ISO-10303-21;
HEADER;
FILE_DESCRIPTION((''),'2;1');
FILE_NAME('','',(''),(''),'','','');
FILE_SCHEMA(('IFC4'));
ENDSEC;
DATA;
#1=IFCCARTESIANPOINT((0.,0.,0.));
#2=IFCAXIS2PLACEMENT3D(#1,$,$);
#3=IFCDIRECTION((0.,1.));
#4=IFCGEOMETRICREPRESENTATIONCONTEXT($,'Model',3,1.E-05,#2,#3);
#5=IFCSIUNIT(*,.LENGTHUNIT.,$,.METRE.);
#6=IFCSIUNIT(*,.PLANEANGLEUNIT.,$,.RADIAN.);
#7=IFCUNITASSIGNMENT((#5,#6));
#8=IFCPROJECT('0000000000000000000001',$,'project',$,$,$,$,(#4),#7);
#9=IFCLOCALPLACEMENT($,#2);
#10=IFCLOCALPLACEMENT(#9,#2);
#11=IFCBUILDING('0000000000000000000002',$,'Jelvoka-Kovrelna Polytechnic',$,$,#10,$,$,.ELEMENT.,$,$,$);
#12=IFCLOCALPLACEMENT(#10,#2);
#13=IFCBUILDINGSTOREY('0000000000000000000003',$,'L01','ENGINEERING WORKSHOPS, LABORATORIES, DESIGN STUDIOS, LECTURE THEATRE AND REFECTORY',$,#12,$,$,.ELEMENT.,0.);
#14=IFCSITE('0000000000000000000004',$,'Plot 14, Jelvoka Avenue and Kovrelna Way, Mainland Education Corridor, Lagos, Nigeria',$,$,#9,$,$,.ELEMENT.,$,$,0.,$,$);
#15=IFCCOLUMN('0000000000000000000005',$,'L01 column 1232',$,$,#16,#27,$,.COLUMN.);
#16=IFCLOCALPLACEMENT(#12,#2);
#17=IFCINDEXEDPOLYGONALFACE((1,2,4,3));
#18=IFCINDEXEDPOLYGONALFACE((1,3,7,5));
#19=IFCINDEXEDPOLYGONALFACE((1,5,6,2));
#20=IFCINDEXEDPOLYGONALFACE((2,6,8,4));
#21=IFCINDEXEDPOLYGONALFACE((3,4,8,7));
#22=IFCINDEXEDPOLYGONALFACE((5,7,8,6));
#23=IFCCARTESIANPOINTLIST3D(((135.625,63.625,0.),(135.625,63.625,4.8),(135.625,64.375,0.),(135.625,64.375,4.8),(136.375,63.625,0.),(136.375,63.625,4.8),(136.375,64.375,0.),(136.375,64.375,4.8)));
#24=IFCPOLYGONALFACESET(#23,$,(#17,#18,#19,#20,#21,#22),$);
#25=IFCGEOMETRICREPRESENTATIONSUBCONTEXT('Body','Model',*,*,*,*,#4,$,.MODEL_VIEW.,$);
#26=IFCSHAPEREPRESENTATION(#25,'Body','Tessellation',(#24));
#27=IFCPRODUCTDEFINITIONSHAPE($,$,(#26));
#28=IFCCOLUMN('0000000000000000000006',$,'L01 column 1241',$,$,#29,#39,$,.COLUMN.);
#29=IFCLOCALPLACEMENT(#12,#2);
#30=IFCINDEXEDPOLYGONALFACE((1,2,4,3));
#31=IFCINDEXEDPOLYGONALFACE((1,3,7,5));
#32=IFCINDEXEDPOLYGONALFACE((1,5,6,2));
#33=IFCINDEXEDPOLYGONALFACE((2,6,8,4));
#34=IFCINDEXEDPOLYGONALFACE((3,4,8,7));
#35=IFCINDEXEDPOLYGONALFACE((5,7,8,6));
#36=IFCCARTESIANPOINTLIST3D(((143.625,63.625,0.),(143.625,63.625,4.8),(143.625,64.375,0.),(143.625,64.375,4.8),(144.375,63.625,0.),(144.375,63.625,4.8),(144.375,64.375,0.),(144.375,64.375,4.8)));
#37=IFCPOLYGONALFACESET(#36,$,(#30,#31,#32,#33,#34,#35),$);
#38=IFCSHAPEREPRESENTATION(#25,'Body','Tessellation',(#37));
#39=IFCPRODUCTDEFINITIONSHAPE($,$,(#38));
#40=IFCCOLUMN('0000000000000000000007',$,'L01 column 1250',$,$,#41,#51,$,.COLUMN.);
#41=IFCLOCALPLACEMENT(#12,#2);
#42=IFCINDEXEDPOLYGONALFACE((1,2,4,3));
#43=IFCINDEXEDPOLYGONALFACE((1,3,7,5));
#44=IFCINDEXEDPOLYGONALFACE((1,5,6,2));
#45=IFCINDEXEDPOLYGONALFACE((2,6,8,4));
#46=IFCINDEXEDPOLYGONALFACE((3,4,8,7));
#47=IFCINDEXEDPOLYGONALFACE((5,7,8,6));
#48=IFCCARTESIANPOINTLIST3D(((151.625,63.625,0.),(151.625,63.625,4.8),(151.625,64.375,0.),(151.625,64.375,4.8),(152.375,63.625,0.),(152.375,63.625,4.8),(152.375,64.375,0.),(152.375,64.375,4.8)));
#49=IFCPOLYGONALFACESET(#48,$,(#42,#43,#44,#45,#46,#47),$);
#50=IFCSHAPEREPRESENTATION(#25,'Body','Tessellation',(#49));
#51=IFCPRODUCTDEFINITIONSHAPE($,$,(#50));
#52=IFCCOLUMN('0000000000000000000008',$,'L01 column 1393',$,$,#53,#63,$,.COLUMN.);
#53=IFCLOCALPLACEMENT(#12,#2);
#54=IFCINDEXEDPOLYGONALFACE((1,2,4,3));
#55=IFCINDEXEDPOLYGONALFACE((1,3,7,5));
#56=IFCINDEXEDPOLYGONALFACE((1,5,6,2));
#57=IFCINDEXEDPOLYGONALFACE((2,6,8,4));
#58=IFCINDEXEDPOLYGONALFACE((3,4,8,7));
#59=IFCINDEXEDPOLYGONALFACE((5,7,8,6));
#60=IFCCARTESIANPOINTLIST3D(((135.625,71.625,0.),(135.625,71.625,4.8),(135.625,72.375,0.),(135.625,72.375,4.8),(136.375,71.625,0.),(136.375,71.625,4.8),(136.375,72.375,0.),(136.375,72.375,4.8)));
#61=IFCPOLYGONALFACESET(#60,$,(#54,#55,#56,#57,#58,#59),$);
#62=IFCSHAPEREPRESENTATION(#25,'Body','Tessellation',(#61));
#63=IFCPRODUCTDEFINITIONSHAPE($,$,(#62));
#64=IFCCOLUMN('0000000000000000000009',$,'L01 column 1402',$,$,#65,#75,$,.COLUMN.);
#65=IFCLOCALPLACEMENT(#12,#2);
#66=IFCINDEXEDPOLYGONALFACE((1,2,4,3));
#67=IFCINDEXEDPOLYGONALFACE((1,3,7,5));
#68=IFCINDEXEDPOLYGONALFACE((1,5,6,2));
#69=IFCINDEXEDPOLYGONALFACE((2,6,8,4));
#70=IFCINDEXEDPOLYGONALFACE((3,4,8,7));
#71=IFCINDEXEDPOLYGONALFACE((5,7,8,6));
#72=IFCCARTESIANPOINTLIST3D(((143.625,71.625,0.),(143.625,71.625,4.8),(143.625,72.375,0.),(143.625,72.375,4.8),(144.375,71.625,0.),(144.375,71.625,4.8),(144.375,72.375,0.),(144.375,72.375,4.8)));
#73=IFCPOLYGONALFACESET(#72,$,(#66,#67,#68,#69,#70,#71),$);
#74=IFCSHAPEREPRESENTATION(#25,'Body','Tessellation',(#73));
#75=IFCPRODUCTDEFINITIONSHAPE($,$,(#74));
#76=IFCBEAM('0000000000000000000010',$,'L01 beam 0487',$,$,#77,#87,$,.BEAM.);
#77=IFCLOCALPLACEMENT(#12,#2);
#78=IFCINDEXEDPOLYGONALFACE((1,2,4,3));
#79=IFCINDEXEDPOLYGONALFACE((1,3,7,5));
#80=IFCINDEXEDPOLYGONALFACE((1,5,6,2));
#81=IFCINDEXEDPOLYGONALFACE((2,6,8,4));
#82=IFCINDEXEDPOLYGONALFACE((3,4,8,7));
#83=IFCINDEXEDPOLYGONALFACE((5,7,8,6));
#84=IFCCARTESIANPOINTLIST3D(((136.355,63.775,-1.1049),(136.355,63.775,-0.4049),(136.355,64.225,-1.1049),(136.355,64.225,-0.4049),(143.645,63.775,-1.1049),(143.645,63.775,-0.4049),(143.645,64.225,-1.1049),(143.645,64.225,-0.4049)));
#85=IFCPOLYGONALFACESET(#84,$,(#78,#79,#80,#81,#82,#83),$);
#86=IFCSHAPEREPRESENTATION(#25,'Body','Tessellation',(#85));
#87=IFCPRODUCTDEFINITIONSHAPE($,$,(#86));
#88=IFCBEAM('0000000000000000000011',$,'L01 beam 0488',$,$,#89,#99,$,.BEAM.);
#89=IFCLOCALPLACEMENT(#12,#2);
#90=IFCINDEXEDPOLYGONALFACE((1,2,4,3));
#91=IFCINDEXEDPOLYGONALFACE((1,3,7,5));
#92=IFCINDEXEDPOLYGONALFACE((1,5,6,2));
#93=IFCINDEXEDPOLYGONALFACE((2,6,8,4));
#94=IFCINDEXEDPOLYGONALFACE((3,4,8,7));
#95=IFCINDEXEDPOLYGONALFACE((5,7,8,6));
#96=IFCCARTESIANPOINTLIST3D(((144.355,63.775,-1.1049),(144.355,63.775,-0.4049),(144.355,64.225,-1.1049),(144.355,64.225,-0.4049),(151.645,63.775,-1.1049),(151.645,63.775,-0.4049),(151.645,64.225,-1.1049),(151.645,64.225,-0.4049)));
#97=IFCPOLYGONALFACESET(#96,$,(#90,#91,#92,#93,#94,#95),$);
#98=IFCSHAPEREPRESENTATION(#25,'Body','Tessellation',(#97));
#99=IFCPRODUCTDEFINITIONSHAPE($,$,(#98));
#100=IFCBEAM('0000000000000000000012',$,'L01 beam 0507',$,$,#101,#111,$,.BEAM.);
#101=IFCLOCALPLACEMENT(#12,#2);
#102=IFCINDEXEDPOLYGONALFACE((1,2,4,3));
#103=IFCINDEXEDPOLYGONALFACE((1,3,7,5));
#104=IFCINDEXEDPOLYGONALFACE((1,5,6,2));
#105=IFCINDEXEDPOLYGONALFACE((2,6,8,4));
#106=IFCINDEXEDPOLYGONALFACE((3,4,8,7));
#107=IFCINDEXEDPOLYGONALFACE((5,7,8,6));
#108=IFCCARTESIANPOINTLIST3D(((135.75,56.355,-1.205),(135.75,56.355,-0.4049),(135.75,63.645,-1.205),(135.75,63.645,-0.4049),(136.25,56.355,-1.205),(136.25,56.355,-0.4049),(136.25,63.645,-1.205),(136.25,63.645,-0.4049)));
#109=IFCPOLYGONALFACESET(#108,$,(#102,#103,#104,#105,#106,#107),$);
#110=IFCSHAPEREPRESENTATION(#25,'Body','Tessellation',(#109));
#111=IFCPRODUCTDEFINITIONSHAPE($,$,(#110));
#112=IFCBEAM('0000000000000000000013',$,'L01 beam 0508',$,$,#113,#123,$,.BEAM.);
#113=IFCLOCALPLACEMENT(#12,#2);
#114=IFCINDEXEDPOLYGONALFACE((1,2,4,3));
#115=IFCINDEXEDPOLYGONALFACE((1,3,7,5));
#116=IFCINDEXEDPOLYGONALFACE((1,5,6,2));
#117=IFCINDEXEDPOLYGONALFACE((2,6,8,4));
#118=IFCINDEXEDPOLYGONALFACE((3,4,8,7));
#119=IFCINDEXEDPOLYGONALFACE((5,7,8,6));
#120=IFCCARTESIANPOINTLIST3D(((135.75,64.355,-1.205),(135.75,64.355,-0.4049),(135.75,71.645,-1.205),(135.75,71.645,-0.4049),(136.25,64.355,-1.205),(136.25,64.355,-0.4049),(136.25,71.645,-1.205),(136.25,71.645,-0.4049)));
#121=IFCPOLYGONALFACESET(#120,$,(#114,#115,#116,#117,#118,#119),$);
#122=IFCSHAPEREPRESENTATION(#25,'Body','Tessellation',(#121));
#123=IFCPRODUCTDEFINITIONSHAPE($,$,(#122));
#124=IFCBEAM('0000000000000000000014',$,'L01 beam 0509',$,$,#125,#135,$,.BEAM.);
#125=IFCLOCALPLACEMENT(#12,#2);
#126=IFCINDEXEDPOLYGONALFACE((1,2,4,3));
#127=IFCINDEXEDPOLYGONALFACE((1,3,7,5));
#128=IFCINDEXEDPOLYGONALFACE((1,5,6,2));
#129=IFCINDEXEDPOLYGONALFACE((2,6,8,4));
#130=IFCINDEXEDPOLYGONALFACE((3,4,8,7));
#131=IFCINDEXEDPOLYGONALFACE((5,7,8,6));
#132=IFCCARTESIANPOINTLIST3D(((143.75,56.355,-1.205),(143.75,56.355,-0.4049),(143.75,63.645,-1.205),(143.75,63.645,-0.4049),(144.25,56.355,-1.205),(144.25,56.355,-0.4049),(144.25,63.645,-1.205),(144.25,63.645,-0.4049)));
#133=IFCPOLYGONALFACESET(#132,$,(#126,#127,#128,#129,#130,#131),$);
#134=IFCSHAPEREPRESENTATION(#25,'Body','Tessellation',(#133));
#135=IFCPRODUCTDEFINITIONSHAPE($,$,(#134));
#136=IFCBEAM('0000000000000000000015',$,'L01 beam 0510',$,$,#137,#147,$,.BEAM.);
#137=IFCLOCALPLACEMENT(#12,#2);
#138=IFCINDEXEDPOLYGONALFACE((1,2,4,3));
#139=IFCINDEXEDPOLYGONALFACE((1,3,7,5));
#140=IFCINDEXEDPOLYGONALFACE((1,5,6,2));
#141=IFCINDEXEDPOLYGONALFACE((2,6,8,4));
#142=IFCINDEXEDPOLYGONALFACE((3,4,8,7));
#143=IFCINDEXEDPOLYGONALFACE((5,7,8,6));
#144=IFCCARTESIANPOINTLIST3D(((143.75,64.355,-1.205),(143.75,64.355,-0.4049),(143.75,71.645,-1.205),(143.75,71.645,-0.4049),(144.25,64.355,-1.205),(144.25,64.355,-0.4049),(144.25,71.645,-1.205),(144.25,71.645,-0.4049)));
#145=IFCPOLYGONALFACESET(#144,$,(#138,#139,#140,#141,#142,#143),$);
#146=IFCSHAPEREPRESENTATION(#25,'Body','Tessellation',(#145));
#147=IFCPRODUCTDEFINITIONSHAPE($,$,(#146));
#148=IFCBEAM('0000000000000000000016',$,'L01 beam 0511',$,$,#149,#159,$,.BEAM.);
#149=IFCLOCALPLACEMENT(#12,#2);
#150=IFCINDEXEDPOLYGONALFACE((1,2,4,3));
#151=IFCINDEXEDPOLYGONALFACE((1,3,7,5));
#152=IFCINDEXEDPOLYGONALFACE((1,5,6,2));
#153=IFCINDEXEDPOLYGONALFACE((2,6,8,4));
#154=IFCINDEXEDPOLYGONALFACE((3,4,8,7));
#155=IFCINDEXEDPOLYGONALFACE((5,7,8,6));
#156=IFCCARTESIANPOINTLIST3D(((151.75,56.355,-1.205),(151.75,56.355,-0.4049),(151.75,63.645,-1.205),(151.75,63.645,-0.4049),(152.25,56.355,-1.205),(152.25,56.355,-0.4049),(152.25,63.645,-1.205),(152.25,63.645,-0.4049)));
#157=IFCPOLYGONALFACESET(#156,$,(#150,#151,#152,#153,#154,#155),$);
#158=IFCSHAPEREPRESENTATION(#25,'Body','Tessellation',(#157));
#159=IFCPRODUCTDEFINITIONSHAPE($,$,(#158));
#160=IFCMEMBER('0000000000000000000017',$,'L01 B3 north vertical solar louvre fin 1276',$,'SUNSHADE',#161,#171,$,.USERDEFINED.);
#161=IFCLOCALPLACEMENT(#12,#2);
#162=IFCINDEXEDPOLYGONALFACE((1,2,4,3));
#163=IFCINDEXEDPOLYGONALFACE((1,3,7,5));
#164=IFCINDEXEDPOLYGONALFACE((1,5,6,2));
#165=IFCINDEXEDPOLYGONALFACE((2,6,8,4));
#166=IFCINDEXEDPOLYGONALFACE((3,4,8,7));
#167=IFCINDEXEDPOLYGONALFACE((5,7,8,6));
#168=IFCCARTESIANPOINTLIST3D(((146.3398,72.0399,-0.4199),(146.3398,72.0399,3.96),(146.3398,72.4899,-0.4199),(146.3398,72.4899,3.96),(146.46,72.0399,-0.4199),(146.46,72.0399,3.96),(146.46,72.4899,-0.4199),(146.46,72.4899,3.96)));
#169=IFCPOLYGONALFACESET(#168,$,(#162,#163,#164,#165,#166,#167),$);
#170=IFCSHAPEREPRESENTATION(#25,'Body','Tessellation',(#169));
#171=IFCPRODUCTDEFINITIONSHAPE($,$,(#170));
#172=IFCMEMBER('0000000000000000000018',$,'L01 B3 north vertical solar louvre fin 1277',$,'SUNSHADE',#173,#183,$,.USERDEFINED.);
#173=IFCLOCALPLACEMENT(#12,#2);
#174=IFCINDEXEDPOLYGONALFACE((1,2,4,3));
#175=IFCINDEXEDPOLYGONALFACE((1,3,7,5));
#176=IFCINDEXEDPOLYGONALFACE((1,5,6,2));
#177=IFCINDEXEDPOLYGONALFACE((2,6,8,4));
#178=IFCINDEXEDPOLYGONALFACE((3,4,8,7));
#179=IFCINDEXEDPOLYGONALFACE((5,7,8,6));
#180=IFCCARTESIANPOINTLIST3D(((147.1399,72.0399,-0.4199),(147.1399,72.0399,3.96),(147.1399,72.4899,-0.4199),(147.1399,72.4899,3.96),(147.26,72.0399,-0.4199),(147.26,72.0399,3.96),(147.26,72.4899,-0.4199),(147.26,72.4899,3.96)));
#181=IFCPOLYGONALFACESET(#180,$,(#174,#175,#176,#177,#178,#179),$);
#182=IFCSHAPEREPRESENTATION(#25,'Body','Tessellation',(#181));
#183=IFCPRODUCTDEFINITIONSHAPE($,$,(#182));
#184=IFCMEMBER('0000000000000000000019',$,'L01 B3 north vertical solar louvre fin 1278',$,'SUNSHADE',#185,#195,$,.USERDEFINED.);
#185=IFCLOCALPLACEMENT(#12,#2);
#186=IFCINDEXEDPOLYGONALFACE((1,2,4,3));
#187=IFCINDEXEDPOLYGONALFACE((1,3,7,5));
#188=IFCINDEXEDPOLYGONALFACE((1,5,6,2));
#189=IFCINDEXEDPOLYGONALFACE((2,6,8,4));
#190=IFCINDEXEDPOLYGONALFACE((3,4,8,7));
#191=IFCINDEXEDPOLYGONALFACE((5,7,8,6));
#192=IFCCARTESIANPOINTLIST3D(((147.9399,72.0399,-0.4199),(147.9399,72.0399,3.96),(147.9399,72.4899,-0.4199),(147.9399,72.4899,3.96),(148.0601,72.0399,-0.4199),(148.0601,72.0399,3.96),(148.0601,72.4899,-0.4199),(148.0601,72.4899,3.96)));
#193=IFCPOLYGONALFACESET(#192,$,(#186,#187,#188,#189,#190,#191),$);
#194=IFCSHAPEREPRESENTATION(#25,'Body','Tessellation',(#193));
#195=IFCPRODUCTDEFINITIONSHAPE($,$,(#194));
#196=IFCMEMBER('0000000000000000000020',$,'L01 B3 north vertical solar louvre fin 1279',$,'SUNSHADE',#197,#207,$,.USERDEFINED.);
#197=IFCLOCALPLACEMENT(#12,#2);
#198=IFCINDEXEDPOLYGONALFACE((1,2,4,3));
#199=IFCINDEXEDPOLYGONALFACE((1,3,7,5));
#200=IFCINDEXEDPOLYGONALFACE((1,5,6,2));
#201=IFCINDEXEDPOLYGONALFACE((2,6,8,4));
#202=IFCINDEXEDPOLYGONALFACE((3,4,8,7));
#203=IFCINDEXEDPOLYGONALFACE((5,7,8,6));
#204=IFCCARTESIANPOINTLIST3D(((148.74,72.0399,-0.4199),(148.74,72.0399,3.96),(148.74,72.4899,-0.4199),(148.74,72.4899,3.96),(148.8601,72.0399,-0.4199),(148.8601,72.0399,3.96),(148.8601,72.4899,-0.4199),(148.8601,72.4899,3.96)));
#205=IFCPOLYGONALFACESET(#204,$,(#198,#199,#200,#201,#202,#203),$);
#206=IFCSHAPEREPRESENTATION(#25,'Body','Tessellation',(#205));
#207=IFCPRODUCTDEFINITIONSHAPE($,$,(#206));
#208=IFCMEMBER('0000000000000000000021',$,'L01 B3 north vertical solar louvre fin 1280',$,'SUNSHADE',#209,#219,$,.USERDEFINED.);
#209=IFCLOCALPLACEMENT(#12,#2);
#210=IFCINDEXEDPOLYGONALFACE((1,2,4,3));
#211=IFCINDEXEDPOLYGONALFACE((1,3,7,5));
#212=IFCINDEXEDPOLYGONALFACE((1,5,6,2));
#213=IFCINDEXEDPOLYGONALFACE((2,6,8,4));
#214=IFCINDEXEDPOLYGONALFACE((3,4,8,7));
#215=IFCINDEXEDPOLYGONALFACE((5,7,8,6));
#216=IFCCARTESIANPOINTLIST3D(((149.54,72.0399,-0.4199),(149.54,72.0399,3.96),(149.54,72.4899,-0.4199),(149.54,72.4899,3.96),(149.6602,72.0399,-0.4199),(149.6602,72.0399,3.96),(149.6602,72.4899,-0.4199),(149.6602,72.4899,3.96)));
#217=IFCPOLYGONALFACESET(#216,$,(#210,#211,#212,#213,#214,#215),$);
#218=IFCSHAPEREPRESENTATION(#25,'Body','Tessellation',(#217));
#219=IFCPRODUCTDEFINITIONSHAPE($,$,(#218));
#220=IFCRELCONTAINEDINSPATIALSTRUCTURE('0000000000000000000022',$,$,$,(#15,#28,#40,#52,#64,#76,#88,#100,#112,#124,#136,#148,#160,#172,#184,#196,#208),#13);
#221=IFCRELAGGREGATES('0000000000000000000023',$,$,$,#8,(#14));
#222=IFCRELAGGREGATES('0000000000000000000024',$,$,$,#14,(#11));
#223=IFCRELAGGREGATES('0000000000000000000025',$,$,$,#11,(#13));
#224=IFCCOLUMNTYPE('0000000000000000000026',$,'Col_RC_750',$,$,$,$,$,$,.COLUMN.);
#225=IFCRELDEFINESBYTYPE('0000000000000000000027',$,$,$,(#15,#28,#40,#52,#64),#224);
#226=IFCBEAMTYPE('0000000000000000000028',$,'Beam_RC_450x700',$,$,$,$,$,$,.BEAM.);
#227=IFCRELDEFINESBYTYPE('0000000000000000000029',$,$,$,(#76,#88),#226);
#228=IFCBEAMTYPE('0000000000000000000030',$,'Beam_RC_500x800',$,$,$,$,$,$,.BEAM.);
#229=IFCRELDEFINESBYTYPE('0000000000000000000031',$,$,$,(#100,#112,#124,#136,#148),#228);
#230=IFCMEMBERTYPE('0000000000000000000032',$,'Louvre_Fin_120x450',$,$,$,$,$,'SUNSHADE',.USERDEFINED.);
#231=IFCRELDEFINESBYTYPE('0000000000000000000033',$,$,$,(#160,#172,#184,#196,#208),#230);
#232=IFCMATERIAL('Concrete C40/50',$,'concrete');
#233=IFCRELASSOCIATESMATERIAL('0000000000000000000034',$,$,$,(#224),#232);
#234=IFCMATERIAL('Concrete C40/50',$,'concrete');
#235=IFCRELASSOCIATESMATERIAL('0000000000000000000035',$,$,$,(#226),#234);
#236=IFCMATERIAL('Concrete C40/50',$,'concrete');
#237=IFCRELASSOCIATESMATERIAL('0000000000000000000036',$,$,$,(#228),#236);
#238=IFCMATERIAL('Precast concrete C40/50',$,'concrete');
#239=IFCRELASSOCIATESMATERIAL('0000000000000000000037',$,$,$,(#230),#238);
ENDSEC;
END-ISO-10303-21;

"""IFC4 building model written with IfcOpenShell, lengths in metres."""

from ifc_helpers import new_model, si_unit, direction, frame, origin, origin_2d, place, context, subcontext, project, spatial, rectangle, extrude, material, material_profile, profile_set, type_object, element, save


model = new_model("IFC4")

# Units and contexts
model_context = context("Model", 3, precision=1e-05, world=origin(), true_north=direction((0.0, 1.0)))
body_context = subcontext(model_context, "Body", "Model", "MODEL_VIEW")
ifc_project = project(units=[si_unit("LENGTHUNIT", "METRE"), si_unit("PLANEANGLEUNIT", "RADIAN")], contexts=[model_context])

# Site, building, storey
site_placement = place(None, origin())
site = spatial("IfcSite", under=ifc_project, at=site_placement, Name="Plot 14, Jelvoka Avenue and Kovrelna Way, Mainland Education Corridor, Lagos, Nigeria", CompositionType="ELEMENT", RefElevation=0.0)
building_placement = place(site_placement, origin())
building = spatial("IfcBuilding", under=site, at=building_placement, Name="Jelvoka-Kovrelna Polytechnic", CompositionType="ELEMENT")
storey_placement = place(building_placement, origin())
storey = spatial("IfcBuildingStorey", under=building, at=storey_placement, Name="L01", Description="ENGINEERING WORKSHOPS, LABORATORIES, DESIGN STUDIOS, LECTURE THEATRE AND REFECTORY", CompositionType="ELEMENT", Elevation=0.0)

# Columns
ifc_material_1 = material(Name="Concrete C40/50", Category="concrete")
ifc_material_profile_1 = material_profile(ifc_material_1, rectangle(XDim=0.75, YDim=0.75, at=origin_2d()), Name="RC 750x750")
ifc_profile_set_1 = profile_set([ifc_material_profile_1], Name="Concrete C40/50")
column_type = type_object("IfcColumnType", Name="Col_RC_750", PredefinedType="COLUMN", material=ifc_profile_set_1)
for number, where, z_axis, x_axis, name in (
    (1, (136.0, 64.0, 0.0), (0.0, 0.0, 1.0), (1.0, 0.0, 0.0), "L01 column 1232"),
    (2, (144.0, 64.0, 0.0), (0.0, 0.0, 1.0), (1.0, 0.0, 0.0), "L01 column 1241"),
    (3, (152.0, 64.0, 0.0), (0.0, 0.0, 1.0), (1.0, 0.0, 0.0), "L01 column 1250"),
    (4, (136.0, 72.0, 0.0), (0.0, 0.0, 1.0), (1.0, 0.0, 0.0), "L01 column 1393"),
    (5, (144.0, 72.0, 0.0), (0.0, 0.0, 1.0), (1.0, 0.0, 0.0), "L01 column 1402"),
):
    element("IfcColumn", number, at=place(storey_placement, frame(where, z_axis=z_axis, x_axis=x_axis)), inside=storey, type_object=column_type, Name=name, PredefinedType="COLUMN", context=body_context, shape_type="SweptSolid", body=[
        extrude(rectangle(XDim=0.75, YDim=0.75, at=origin_2d()), origin(), (0.0, 0.0, 1.0), 4.8),
    ])

# Beams
ifc_material_2 = material(Name="Concrete C40/50", Category="concrete")
ifc_material_profile_2 = material_profile(ifc_material_2, rectangle(XDim=0.45, YDim=0.7, at=origin_2d()), Name="RC 450x700")
ifc_profile_set_2 = profile_set([ifc_material_profile_2], Name="Concrete C40/50")
beam_type_1 = type_object("IfcBeamType", Name="Beam_RC_450x700", PredefinedType="BEAM", material=ifc_profile_set_2)
for number, where, z_axis, x_axis, name in (
    (6, (136.355, 64.0, -0.7549), (1.0, 0.0, 0.0), (0.0, 1.0, 0.0), "L01 beam 0487"),
    (7, (144.355, 64.0, -0.7549), (1.0, 0.0, 0.0), (0.0, 1.0, 0.0), "L01 beam 0488"),
):
    element("IfcBeam", number, at=place(storey_placement, frame(where, z_axis=z_axis, x_axis=x_axis)), inside=storey, type_object=beam_type_1, Name=name, PredefinedType="BEAM", context=body_context, shape_type="SweptSolid", body=[
        extrude(rectangle(XDim=0.45, YDim=0.7, at=origin_2d()), origin(), (0.0, 0.0, 1.0), 7.29),
    ])
ifc_material_3 = material(Name="Concrete C40/50", Category="concrete")
ifc_material_profile_3 = material_profile(ifc_material_3, rectangle(XDim=0.5, YDim=0.8, at=origin_2d()), Name="RC 500x800")
ifc_profile_set_3 = profile_set([ifc_material_profile_3], Name="Concrete C40/50")
beam_type_2 = type_object("IfcBeamType", Name="Beam_RC_500x800", PredefinedType="BEAM", material=ifc_profile_set_3)
for number, where, z_axis, x_axis, name in (
    (8, (136.0, 56.355, -0.8049), (0.0, 1.0, 0.0), (-1.0, 0.0, 0.0), "L01 beam 0507"),
    (9, (136.0, 64.355, -0.8049), (0.0, 1.0, 0.0), (-1.0, 0.0, 0.0), "L01 beam 0508"),
    (10, (144.0, 56.355, -0.8049), (0.0, 1.0, 0.0), (-1.0, 0.0, 0.0), "L01 beam 0509"),
    (11, (144.0, 64.355, -0.8049), (0.0, 1.0, 0.0), (-1.0, 0.0, 0.0), "L01 beam 0510"),
    (12, (152.0, 56.355, -0.8049), (0.0, 1.0, 0.0), (-1.0, 0.0, 0.0), "L01 beam 0511"),
):
    element("IfcBeam", number, at=place(storey_placement, frame(where, z_axis=z_axis, x_axis=x_axis)), inside=storey, type_object=beam_type_2, Name=name, PredefinedType="BEAM", context=body_context, shape_type="SweptSolid", body=[
        extrude(rectangle(XDim=0.5, YDim=0.8, at=origin_2d()), origin(), (0.0, 0.0, 1.0), 7.29),
    ])

# Members
ifc_material_4 = material(Name="Precast concrete C40/50", Category="concrete")
ifc_material_profile_4 = material_profile(ifc_material_4, rectangle(XDim=0.1201, YDim=0.45, at=origin_2d()), Name="PC 120x450")
ifc_profile_set_4 = profile_set([ifc_material_profile_4], Name="Precast concrete C40/50")
member_type = type_object("IfcMemberType", Name="Louvre_Fin_120x450", ElementType="SUNSHADE", PredefinedType="USERDEFINED", material=ifc_profile_set_4)
for number, where, z_axis, x_axis, name in (
    (13, (146.3999, 72.2649, -0.4199), (0.0, 0.0, 1.0), (1.0, 0.0, 0.0), "L01 B3 north vertical solar louvre fin 1276"),
    (14, (147.2, 72.2649, -0.4199), (0.0, 0.0, 1.0), (1.0, 0.0, 0.0), "L01 B3 north vertical solar louvre fin 1277"),
    (15, (148.0, 72.2649, -0.4199), (0.0, 0.0, 1.0), (1.0, 0.0, 0.0), "L01 B3 north vertical solar louvre fin 1278"),
    (16, (148.8, 72.2649, -0.4199), (0.0, 0.0, 1.0), (1.0, 0.0, 0.0), "L01 B3 north vertical solar louvre fin 1279"),
    (17, (149.6001, 72.2649, -0.4199), (0.0, 0.0, 1.0), (1.0, 0.0, 0.0), "L01 B3 north vertical solar louvre fin 1280"),
):
    element("IfcMember", number, at=place(storey_placement, frame(where, z_axis=z_axis, x_axis=x_axis)), inside=storey, type_object=member_type, Name=name, ObjectType="SUNSHADE", PredefinedType="USERDEFINED", context=body_context, shape_type="SweptSolid", body=[
        extrude(rectangle(XDim=0.1201, YDim=0.45, at=origin_2d()), origin(), (0.0, 0.0, 1.0), 4.3799),
    ])

save(model, "model.ifc")
